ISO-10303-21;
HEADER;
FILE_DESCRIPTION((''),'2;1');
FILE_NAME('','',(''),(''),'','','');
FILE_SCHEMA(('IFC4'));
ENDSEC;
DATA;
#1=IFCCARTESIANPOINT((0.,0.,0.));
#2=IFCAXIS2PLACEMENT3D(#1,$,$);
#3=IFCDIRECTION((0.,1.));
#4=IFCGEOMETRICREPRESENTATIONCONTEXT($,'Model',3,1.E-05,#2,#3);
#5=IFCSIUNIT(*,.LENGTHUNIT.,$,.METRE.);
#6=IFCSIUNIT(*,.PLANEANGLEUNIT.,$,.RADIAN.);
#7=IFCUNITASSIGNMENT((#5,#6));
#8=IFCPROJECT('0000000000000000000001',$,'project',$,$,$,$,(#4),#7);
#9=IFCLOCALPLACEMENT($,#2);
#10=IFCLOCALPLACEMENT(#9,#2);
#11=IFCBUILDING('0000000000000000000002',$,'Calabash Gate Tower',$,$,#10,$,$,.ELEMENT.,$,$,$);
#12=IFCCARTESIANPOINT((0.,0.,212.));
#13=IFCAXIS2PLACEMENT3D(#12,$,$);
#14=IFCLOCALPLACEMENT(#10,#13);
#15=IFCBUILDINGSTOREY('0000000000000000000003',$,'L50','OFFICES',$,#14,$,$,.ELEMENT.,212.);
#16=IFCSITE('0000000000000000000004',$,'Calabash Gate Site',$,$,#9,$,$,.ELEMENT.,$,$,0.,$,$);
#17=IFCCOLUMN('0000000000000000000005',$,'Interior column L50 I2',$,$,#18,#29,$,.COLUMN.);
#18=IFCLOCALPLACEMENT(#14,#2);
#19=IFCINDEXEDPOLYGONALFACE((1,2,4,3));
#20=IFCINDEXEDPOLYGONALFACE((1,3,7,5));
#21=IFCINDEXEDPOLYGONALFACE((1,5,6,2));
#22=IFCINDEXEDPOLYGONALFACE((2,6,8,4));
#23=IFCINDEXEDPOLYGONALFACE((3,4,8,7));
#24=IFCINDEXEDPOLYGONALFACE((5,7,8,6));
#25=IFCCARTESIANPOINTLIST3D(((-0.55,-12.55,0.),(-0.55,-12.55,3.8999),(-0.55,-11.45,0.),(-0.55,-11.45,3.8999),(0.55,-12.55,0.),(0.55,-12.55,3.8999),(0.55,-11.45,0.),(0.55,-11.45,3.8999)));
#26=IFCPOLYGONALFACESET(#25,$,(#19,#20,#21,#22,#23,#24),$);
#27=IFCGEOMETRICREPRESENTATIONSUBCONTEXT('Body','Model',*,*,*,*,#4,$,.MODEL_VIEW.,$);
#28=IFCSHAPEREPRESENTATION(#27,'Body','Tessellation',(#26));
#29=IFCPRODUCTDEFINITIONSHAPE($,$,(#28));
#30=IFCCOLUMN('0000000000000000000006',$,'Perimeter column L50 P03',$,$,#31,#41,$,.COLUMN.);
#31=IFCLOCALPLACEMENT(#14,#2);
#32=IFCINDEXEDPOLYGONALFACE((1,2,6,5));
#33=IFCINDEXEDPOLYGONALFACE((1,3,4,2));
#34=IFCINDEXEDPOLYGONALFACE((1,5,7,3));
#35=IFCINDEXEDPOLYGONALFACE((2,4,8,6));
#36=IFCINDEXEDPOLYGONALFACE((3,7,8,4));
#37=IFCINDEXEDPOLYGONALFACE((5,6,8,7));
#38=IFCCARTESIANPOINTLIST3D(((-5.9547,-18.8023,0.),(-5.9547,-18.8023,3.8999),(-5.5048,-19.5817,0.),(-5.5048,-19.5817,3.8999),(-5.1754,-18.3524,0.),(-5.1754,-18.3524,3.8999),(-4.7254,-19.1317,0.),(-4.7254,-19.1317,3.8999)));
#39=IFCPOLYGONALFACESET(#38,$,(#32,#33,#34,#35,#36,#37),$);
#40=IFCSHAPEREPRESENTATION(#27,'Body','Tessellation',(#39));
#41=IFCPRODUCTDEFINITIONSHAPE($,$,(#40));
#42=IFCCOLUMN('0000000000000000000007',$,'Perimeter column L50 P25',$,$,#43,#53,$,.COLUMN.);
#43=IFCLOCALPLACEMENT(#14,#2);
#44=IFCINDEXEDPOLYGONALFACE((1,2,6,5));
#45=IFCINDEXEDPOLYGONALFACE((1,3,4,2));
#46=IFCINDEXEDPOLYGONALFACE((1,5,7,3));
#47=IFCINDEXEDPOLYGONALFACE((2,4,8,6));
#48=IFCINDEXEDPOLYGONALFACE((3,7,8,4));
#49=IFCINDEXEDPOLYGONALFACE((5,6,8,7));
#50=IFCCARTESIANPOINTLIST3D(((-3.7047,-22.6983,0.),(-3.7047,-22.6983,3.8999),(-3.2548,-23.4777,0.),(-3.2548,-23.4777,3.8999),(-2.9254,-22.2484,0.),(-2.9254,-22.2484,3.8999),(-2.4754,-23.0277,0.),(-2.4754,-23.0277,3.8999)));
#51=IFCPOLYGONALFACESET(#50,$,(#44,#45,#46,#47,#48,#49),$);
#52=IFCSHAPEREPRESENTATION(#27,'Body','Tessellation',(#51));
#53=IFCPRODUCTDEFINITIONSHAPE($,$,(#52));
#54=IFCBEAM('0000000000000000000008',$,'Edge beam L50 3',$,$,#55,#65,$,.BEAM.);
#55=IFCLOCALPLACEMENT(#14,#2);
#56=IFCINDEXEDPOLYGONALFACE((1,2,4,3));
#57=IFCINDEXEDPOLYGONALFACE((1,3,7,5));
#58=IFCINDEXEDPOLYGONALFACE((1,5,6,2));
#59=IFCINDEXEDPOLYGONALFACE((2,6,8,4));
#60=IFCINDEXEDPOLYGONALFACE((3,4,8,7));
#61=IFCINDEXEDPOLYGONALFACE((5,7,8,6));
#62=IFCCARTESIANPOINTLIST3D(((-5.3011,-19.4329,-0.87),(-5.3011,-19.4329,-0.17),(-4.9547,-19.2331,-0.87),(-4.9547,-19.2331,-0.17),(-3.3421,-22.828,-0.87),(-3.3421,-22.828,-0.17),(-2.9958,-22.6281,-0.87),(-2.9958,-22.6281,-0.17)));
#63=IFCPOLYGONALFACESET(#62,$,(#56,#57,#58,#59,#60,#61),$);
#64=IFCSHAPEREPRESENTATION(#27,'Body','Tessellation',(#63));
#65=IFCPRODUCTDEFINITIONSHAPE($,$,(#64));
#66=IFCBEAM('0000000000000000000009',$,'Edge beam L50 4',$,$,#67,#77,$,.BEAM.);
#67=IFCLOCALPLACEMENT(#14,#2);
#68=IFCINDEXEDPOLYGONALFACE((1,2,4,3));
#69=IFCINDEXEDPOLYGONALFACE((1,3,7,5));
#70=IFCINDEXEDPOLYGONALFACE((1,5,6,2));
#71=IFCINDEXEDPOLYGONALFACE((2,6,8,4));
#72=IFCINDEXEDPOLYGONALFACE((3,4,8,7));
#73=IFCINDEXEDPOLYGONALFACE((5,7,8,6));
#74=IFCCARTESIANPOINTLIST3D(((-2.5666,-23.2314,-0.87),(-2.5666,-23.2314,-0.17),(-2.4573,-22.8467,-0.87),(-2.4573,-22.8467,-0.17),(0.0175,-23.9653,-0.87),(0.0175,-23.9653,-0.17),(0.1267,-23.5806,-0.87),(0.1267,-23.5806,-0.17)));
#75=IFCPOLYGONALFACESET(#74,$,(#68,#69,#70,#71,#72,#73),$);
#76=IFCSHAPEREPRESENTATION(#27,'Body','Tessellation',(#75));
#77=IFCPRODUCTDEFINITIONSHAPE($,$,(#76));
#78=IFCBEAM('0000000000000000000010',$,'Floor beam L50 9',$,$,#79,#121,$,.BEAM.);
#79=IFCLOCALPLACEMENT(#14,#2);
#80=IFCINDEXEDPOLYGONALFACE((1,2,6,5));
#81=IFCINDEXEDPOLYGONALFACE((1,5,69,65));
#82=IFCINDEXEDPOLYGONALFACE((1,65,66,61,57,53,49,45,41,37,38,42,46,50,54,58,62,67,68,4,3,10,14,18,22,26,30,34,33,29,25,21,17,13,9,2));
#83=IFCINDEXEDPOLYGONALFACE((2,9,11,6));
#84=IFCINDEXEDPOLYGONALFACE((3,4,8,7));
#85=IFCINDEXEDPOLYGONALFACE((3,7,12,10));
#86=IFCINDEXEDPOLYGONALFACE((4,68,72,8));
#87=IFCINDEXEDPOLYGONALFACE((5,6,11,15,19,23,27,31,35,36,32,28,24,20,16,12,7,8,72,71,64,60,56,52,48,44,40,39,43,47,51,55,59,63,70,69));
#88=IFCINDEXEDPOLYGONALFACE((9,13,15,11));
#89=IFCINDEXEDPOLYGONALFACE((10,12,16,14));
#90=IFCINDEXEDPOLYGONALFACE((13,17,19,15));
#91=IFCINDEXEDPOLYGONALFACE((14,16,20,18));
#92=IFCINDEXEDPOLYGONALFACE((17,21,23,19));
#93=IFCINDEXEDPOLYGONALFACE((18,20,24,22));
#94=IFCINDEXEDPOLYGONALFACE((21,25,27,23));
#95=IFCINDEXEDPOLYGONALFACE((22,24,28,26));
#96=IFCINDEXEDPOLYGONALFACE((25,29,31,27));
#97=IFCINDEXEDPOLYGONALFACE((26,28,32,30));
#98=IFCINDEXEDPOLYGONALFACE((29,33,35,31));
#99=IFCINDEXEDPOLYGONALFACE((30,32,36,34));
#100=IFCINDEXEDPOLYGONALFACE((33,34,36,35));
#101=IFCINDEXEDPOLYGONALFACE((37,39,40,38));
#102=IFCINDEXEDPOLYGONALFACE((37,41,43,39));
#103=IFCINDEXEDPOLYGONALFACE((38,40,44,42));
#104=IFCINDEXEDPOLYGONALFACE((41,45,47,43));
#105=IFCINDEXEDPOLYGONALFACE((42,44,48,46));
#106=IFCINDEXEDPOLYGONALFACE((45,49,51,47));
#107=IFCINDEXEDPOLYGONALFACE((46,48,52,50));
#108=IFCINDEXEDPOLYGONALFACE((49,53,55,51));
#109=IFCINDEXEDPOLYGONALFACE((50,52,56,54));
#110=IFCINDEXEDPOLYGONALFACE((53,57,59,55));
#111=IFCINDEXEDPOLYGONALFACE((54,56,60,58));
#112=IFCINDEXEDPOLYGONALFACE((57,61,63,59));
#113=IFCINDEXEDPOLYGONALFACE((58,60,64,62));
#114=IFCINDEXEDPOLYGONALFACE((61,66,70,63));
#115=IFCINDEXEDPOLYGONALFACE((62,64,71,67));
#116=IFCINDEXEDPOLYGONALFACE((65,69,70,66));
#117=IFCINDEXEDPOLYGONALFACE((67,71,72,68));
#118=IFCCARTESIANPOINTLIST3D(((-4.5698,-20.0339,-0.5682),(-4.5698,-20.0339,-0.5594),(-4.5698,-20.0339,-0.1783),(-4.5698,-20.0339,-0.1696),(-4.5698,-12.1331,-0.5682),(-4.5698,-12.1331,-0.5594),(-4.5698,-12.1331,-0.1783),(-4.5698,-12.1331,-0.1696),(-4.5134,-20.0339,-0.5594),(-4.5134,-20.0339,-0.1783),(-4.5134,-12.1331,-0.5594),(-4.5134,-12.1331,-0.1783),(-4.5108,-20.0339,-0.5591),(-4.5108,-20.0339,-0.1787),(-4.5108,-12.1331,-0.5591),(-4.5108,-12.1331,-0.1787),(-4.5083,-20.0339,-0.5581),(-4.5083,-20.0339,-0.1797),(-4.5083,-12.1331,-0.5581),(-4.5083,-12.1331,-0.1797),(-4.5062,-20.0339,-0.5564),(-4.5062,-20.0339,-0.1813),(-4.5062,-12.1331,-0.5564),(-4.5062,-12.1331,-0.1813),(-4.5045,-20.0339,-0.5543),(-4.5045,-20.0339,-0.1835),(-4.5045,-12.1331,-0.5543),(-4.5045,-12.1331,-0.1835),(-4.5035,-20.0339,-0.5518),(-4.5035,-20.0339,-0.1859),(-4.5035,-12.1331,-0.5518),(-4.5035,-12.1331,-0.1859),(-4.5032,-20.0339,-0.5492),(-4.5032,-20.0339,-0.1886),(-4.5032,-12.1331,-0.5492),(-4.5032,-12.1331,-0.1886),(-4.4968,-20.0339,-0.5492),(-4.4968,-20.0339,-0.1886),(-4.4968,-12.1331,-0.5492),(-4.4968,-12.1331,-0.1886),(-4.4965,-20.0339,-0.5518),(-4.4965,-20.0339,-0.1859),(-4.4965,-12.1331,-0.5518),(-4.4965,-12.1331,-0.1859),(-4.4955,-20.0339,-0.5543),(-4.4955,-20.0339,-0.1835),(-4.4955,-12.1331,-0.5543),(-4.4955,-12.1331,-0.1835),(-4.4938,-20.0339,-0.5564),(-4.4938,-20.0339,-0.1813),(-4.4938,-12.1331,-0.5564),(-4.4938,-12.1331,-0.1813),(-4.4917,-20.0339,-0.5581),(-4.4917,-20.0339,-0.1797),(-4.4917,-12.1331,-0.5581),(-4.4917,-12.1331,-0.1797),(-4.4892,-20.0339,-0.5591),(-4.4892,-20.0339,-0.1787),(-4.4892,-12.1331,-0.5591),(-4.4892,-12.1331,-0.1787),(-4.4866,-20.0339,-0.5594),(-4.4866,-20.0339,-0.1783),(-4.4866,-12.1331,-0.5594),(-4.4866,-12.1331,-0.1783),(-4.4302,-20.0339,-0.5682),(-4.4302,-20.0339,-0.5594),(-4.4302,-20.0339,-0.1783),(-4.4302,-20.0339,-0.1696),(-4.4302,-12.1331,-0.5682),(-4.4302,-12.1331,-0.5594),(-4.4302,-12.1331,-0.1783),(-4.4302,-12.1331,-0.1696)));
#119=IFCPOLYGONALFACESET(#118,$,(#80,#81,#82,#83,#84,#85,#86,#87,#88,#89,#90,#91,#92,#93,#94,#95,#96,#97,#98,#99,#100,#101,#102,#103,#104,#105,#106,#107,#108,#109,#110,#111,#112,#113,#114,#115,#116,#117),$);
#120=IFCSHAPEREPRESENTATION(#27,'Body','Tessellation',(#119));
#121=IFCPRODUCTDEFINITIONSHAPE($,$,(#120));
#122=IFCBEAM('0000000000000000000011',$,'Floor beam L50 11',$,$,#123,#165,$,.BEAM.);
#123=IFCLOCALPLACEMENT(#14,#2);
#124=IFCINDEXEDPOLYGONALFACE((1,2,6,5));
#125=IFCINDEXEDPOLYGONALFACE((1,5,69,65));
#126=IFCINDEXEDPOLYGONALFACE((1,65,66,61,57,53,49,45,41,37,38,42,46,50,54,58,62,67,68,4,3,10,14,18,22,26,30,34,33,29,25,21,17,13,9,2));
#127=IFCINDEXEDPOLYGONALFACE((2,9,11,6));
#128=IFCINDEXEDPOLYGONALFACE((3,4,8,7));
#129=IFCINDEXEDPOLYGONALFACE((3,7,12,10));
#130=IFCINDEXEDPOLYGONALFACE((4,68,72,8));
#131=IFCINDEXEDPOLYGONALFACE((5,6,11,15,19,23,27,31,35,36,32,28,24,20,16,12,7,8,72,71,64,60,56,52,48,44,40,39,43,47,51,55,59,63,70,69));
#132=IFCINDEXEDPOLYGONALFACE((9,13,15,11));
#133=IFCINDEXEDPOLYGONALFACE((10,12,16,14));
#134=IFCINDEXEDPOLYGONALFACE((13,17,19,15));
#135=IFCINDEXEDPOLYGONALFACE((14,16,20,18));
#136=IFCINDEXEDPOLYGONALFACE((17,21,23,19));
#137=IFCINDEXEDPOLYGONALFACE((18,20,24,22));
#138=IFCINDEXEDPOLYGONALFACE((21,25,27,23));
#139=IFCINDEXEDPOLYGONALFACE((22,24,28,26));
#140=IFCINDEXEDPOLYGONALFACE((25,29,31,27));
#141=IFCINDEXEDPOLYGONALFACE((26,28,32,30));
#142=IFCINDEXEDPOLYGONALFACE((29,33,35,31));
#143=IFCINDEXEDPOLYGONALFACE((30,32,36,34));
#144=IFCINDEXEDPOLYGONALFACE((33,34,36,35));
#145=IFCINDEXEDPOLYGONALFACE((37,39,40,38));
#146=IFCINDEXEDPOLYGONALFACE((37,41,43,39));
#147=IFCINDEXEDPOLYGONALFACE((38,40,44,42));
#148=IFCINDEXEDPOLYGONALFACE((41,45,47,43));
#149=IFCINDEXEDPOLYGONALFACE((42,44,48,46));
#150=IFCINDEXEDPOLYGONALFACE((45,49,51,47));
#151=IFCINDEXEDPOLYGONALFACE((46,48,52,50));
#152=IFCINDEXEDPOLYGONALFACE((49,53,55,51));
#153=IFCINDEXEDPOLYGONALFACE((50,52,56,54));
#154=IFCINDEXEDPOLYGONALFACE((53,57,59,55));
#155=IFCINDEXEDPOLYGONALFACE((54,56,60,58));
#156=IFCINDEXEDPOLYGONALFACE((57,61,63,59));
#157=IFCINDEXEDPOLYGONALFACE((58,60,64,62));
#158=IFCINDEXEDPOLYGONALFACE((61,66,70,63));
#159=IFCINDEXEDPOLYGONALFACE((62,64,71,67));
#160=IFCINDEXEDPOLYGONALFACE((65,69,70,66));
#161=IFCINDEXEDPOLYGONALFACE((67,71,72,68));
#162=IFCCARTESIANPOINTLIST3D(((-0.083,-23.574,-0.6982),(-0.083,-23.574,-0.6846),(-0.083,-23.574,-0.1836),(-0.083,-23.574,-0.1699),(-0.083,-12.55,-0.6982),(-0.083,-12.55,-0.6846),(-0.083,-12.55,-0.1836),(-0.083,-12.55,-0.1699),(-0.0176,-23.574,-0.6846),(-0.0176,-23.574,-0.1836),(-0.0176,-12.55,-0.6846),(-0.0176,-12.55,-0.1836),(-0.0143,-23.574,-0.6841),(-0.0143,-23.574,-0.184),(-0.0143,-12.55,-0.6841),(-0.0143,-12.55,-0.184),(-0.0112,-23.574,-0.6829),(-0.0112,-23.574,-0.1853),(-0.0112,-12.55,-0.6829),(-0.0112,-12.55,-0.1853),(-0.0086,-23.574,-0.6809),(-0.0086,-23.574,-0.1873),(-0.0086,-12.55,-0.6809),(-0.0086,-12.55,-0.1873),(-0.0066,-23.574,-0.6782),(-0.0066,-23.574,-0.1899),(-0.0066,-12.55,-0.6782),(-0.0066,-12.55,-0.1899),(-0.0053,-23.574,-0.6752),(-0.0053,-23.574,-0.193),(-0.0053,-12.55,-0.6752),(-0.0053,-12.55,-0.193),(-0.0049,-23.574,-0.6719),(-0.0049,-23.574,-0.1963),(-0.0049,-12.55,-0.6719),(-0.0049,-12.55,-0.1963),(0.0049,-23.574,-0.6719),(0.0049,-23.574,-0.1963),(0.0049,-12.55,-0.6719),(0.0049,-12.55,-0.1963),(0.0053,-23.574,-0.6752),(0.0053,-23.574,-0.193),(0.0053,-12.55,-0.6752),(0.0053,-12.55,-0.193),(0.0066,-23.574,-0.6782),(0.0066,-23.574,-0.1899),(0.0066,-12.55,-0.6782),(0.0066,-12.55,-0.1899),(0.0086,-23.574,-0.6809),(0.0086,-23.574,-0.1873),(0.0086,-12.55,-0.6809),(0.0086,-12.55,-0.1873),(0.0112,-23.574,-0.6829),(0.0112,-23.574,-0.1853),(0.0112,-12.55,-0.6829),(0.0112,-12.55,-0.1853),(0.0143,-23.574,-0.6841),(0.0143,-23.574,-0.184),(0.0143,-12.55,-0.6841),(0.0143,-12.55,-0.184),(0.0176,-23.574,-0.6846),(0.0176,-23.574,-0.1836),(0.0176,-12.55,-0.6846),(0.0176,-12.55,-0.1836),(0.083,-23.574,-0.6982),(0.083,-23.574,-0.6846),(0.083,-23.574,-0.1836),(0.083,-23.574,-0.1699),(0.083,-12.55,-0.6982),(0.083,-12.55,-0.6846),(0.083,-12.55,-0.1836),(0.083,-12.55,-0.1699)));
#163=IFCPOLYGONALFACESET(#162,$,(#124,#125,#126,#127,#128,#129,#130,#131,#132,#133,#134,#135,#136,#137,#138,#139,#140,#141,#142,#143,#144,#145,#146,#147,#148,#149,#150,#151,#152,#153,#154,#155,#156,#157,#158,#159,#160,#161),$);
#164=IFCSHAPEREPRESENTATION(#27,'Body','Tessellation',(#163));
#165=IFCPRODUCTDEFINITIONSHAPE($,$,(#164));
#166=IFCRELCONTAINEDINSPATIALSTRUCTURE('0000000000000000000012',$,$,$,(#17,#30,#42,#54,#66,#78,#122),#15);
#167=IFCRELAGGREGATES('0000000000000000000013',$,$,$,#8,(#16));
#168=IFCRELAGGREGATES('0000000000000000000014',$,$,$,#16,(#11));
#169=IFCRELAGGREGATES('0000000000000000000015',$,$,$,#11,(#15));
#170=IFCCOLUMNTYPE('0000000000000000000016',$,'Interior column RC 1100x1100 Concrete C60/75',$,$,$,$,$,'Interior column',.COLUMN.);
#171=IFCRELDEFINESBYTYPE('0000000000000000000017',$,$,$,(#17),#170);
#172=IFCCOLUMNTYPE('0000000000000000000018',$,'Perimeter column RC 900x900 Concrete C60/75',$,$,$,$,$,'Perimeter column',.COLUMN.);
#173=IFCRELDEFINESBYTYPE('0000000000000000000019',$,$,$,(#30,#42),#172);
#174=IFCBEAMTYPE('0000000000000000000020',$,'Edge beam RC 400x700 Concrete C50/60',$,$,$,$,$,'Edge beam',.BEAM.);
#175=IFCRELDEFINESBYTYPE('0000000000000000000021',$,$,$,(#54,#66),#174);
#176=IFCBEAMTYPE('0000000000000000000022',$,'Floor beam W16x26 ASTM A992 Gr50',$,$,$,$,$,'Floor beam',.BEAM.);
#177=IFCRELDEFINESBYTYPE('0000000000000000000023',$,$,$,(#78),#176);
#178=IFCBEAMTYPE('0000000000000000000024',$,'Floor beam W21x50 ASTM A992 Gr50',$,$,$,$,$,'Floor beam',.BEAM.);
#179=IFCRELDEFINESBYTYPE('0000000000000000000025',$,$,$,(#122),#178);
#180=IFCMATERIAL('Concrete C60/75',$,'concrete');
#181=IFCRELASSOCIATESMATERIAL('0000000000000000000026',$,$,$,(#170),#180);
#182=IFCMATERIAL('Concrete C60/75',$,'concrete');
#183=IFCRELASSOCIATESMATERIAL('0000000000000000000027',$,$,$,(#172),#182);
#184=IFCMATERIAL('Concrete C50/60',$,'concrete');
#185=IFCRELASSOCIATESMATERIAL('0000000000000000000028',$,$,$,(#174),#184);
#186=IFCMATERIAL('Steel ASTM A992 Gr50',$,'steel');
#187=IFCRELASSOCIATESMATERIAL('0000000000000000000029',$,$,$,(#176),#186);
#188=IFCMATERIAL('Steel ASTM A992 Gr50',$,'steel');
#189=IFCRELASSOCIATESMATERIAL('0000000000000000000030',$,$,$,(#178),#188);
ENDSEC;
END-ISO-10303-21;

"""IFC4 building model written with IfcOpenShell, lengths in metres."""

from ifc_helpers import new_model, si_unit, direction, frame, origin, origin_2d, place, context, subcontext, project, spatial, rectangle, i_section, extrude, material, material_profile, profile_set, type_object, element, save


model = new_model("IFC4")

# Units and contexts
model_context = context("Model", 3, precision=1e-05, world=origin(), true_north=direction((0.0, 1.0)))
body_context = subcontext(model_context, "Body", "Model", "MODEL_VIEW")
ifc_project = project(units=[si_unit("LENGTHUNIT", "METRE"), si_unit("PLANEANGLEUNIT", "RADIAN")], contexts=[model_context])

# Site, building, storey
site_placement = place(None, origin())
site = spatial("IfcSite", under=ifc_project, at=site_placement, Name="Calabash Gate Site", CompositionType="ELEMENT", RefElevation=0.0)
building_placement = place(site_placement, origin())
building = spatial("IfcBuilding", under=site, at=building_placement, Name="Calabash Gate Tower", CompositionType="ELEMENT")
storey_placement = place(building_placement, frame((0.0, 0.0, 212.0)))
storey = spatial("IfcBuildingStorey", under=building, at=storey_placement, Name="L50", Description="OFFICES", CompositionType="ELEMENT", Elevation=212.0)

# Columns
ifc_material_1 = material(Name="Concrete C60/75", Category="concrete")
ifc_material_profile_1 = material_profile(ifc_material_1, rectangle(XDim=1.1001, YDim=1.1001, at=origin_2d()))
ifc_profile_set_1 = profile_set([ifc_material_profile_1], Name="Concrete C60/75")
column_type_1 = type_object("IfcColumnType", Name="Interior column RC 1100x1100 Concrete C60/75", ElementType="Interior column", PredefinedType="COLUMN", material=ifc_profile_set_1)
column_placement = place(storey_placement, frame((0.0, -12.0, 0.0), z_axis=(0.0, 0.0, 1.0), x_axis=(1.0, 0.0, 0.0)))
element("IfcColumn", 1, at=column_placement, inside=storey, type_object=column_type_1, Name="Interior column L50 I2", PredefinedType="COLUMN", context=body_context, shape_type="SweptSolid", body=[
    extrude(rectangle(XDim=1.1001, YDim=1.1001, at=origin_2d()), origin(), (0.0, 0.0, 1.0), 3.8999),
])
ifc_material_2 = material(Name="Concrete C60/75", Category="concrete")
ifc_material_profile_2 = material_profile(ifc_material_2, rectangle(XDim=0.8999, YDim=0.8999, at=origin_2d()))
ifc_profile_set_2 = profile_set([ifc_material_profile_2], Name="Concrete C60/75")
column_type_2 = type_object("IfcColumnType", Name="Perimeter column RC 900x900 Concrete C60/75", ElementType="Perimeter column", PredefinedType="COLUMN", material=ifc_profile_set_2)
for number, where, z_axis, x_axis, name in (
    (2, (-5.3401, -18.967, 0.0), (0.0, 0.0, 1.0), (0.5, -0.866025, 0.0), "Perimeter column L50 P03"),
    (3, (-3.0901, -22.863, 0.0), (0.0, 0.0, 1.0), (0.5, -0.866025, 0.0), "Perimeter column L50 P25"),
):
    element("IfcColumn", number, at=place(storey_placement, frame(where, z_axis=z_axis, x_axis=x_axis)), inside=storey, type_object=column_type_2, Name=name, PredefinedType="COLUMN", context=body_context, shape_type="SweptSolid", body=[
        extrude(rectangle(XDim=0.8999, YDim=0.8999, at=origin_2d()), origin(), (0.0, 0.0, 1.0), 3.8999),
    ])

# Beams
ifc_material_3 = material(Name="Concrete C50/60", Category="concrete")
ifc_material_profile_3 = material_profile(ifc_material_3, rectangle(XDim=0.3999, YDim=0.7, at=origin_2d()))
ifc_profile_set_3 = profile_set([ifc_material_profile_3], Name="Concrete C50/60")
beam_type_1 = type_object("IfcBeamType", Name="Edge beam RC 400x700 Concrete C50/60", ElementType="Edge beam", PredefinedType="BEAM", material=ifc_profile_set_3)
beam_1_placement = place(storey_placement, frame((-5.1279, -19.333, -0.52), z_axis=(0.499784, -0.86615, 0.0), x_axis=(0.86615, 0.499784, 0.0)))
element("IfcBeam", 4, at=beam_1_placement, inside=storey, type_object=beam_type_1, Name="Edge beam L50 3", PredefinedType="BEAM", context=body_context, shape_type="SweptSolid", body=[
    extrude(rectangle(XDim=0.3999, YDim=0.7, at=origin_2d()), origin(), (0.0, 0.0, 1.0), 3.9197),
])
beam_2_placement = place(storey_placement, frame((-2.512, -23.0391, -0.52), z_axis=(0.961955, -0.273208, 0.0), x_axis=(0.273208, 0.961955, 0.0)))
element("IfcBeam", 5, at=beam_2_placement, inside=storey, type_object=beam_type_1, Name="Edge beam L50 4", PredefinedType="BEAM", context=body_context, shape_type="SweptSolid", body=[
    extrude(rectangle(XDim=0.3999, YDim=0.7, at=origin_2d()), origin(), (0.0, 0.0, 1.0), 2.6863),
])
ifc_material_4 = material(Name="Steel ASTM A992 Gr50", Category="steel")
ifc_material_profile_4 = material_profile(ifc_material_4, i_section(OverallWidth=0.1396, OverallDepth=0.3987, WebThickness=0.0063, FlangeThickness=0.0088, FilletRadius=0.0103, at=origin_2d()))
ifc_profile_set_4 = profile_set([ifc_material_profile_4], Name="Steel ASTM A992 Gr50")
beam_type_2 = type_object("IfcBeamType", Name="Floor beam W16x26 ASTM A992 Gr50", ElementType="Floor beam", PredefinedType="BEAM", material=ifc_profile_set_4)
beam_3_placement = place(storey_placement, frame((-4.5, -20.0339, -0.3689), z_axis=(0.0, 1.0, 0.0), x_axis=(-1.0, 0.0, 0.0)))
element("IfcBeam", 6, at=beam_3_placement, inside=storey, type_object=beam_type_2, Name="Floor beam L50 9", PredefinedType="BEAM", context=body_context, shape_type="SweptSolid", body=[
    extrude(i_section(OverallWidth=0.1396, OverallDepth=0.3987, WebThickness=0.0063, FlangeThickness=0.0088, FilletRadius=0.0103, at=origin_2d()), origin(), (0.0, 0.0, 1.0), 7.9009),
])
ifc_material_5 = material(Name="Steel ASTM A992 Gr50", Category="steel")
ifc_material_profile_5 = material_profile(ifc_material_5, i_section(OverallWidth=0.166, OverallDepth=0.5283, WebThickness=0.0098, FlangeThickness=0.0137, FilletRadius=0.0127, at=origin_2d()))
ifc_profile_set_5 = profile_set([ifc_material_profile_5], Name="Steel ASTM A992 Gr50")
beam_type_3 = type_object("IfcBeamType", Name="Floor beam W21x50 ASTM A992 Gr50", ElementType="Floor beam", PredefinedType="BEAM", material=ifc_profile_set_5)
beam_4_placement = place(storey_placement, frame((0.0, -23.574, -0.4341), z_axis=(0.0, 1.0, 0.0), x_axis=(-1.0, 0.0, 0.0)))
element("IfcBeam", 7, at=beam_4_placement, inside=storey, type_object=beam_type_3, Name="Floor beam L50 11", PredefinedType="BEAM", context=body_context, shape_type="SweptSolid", body=[
    extrude(i_section(OverallWidth=0.166, OverallDepth=0.5283, WebThickness=0.0098, FlangeThickness=0.0137, FilletRadius=0.0127, at=origin_2d()), origin(), (0.0, 0.0, 1.0), 11.0239),
])

save(model, "model.ifc")
